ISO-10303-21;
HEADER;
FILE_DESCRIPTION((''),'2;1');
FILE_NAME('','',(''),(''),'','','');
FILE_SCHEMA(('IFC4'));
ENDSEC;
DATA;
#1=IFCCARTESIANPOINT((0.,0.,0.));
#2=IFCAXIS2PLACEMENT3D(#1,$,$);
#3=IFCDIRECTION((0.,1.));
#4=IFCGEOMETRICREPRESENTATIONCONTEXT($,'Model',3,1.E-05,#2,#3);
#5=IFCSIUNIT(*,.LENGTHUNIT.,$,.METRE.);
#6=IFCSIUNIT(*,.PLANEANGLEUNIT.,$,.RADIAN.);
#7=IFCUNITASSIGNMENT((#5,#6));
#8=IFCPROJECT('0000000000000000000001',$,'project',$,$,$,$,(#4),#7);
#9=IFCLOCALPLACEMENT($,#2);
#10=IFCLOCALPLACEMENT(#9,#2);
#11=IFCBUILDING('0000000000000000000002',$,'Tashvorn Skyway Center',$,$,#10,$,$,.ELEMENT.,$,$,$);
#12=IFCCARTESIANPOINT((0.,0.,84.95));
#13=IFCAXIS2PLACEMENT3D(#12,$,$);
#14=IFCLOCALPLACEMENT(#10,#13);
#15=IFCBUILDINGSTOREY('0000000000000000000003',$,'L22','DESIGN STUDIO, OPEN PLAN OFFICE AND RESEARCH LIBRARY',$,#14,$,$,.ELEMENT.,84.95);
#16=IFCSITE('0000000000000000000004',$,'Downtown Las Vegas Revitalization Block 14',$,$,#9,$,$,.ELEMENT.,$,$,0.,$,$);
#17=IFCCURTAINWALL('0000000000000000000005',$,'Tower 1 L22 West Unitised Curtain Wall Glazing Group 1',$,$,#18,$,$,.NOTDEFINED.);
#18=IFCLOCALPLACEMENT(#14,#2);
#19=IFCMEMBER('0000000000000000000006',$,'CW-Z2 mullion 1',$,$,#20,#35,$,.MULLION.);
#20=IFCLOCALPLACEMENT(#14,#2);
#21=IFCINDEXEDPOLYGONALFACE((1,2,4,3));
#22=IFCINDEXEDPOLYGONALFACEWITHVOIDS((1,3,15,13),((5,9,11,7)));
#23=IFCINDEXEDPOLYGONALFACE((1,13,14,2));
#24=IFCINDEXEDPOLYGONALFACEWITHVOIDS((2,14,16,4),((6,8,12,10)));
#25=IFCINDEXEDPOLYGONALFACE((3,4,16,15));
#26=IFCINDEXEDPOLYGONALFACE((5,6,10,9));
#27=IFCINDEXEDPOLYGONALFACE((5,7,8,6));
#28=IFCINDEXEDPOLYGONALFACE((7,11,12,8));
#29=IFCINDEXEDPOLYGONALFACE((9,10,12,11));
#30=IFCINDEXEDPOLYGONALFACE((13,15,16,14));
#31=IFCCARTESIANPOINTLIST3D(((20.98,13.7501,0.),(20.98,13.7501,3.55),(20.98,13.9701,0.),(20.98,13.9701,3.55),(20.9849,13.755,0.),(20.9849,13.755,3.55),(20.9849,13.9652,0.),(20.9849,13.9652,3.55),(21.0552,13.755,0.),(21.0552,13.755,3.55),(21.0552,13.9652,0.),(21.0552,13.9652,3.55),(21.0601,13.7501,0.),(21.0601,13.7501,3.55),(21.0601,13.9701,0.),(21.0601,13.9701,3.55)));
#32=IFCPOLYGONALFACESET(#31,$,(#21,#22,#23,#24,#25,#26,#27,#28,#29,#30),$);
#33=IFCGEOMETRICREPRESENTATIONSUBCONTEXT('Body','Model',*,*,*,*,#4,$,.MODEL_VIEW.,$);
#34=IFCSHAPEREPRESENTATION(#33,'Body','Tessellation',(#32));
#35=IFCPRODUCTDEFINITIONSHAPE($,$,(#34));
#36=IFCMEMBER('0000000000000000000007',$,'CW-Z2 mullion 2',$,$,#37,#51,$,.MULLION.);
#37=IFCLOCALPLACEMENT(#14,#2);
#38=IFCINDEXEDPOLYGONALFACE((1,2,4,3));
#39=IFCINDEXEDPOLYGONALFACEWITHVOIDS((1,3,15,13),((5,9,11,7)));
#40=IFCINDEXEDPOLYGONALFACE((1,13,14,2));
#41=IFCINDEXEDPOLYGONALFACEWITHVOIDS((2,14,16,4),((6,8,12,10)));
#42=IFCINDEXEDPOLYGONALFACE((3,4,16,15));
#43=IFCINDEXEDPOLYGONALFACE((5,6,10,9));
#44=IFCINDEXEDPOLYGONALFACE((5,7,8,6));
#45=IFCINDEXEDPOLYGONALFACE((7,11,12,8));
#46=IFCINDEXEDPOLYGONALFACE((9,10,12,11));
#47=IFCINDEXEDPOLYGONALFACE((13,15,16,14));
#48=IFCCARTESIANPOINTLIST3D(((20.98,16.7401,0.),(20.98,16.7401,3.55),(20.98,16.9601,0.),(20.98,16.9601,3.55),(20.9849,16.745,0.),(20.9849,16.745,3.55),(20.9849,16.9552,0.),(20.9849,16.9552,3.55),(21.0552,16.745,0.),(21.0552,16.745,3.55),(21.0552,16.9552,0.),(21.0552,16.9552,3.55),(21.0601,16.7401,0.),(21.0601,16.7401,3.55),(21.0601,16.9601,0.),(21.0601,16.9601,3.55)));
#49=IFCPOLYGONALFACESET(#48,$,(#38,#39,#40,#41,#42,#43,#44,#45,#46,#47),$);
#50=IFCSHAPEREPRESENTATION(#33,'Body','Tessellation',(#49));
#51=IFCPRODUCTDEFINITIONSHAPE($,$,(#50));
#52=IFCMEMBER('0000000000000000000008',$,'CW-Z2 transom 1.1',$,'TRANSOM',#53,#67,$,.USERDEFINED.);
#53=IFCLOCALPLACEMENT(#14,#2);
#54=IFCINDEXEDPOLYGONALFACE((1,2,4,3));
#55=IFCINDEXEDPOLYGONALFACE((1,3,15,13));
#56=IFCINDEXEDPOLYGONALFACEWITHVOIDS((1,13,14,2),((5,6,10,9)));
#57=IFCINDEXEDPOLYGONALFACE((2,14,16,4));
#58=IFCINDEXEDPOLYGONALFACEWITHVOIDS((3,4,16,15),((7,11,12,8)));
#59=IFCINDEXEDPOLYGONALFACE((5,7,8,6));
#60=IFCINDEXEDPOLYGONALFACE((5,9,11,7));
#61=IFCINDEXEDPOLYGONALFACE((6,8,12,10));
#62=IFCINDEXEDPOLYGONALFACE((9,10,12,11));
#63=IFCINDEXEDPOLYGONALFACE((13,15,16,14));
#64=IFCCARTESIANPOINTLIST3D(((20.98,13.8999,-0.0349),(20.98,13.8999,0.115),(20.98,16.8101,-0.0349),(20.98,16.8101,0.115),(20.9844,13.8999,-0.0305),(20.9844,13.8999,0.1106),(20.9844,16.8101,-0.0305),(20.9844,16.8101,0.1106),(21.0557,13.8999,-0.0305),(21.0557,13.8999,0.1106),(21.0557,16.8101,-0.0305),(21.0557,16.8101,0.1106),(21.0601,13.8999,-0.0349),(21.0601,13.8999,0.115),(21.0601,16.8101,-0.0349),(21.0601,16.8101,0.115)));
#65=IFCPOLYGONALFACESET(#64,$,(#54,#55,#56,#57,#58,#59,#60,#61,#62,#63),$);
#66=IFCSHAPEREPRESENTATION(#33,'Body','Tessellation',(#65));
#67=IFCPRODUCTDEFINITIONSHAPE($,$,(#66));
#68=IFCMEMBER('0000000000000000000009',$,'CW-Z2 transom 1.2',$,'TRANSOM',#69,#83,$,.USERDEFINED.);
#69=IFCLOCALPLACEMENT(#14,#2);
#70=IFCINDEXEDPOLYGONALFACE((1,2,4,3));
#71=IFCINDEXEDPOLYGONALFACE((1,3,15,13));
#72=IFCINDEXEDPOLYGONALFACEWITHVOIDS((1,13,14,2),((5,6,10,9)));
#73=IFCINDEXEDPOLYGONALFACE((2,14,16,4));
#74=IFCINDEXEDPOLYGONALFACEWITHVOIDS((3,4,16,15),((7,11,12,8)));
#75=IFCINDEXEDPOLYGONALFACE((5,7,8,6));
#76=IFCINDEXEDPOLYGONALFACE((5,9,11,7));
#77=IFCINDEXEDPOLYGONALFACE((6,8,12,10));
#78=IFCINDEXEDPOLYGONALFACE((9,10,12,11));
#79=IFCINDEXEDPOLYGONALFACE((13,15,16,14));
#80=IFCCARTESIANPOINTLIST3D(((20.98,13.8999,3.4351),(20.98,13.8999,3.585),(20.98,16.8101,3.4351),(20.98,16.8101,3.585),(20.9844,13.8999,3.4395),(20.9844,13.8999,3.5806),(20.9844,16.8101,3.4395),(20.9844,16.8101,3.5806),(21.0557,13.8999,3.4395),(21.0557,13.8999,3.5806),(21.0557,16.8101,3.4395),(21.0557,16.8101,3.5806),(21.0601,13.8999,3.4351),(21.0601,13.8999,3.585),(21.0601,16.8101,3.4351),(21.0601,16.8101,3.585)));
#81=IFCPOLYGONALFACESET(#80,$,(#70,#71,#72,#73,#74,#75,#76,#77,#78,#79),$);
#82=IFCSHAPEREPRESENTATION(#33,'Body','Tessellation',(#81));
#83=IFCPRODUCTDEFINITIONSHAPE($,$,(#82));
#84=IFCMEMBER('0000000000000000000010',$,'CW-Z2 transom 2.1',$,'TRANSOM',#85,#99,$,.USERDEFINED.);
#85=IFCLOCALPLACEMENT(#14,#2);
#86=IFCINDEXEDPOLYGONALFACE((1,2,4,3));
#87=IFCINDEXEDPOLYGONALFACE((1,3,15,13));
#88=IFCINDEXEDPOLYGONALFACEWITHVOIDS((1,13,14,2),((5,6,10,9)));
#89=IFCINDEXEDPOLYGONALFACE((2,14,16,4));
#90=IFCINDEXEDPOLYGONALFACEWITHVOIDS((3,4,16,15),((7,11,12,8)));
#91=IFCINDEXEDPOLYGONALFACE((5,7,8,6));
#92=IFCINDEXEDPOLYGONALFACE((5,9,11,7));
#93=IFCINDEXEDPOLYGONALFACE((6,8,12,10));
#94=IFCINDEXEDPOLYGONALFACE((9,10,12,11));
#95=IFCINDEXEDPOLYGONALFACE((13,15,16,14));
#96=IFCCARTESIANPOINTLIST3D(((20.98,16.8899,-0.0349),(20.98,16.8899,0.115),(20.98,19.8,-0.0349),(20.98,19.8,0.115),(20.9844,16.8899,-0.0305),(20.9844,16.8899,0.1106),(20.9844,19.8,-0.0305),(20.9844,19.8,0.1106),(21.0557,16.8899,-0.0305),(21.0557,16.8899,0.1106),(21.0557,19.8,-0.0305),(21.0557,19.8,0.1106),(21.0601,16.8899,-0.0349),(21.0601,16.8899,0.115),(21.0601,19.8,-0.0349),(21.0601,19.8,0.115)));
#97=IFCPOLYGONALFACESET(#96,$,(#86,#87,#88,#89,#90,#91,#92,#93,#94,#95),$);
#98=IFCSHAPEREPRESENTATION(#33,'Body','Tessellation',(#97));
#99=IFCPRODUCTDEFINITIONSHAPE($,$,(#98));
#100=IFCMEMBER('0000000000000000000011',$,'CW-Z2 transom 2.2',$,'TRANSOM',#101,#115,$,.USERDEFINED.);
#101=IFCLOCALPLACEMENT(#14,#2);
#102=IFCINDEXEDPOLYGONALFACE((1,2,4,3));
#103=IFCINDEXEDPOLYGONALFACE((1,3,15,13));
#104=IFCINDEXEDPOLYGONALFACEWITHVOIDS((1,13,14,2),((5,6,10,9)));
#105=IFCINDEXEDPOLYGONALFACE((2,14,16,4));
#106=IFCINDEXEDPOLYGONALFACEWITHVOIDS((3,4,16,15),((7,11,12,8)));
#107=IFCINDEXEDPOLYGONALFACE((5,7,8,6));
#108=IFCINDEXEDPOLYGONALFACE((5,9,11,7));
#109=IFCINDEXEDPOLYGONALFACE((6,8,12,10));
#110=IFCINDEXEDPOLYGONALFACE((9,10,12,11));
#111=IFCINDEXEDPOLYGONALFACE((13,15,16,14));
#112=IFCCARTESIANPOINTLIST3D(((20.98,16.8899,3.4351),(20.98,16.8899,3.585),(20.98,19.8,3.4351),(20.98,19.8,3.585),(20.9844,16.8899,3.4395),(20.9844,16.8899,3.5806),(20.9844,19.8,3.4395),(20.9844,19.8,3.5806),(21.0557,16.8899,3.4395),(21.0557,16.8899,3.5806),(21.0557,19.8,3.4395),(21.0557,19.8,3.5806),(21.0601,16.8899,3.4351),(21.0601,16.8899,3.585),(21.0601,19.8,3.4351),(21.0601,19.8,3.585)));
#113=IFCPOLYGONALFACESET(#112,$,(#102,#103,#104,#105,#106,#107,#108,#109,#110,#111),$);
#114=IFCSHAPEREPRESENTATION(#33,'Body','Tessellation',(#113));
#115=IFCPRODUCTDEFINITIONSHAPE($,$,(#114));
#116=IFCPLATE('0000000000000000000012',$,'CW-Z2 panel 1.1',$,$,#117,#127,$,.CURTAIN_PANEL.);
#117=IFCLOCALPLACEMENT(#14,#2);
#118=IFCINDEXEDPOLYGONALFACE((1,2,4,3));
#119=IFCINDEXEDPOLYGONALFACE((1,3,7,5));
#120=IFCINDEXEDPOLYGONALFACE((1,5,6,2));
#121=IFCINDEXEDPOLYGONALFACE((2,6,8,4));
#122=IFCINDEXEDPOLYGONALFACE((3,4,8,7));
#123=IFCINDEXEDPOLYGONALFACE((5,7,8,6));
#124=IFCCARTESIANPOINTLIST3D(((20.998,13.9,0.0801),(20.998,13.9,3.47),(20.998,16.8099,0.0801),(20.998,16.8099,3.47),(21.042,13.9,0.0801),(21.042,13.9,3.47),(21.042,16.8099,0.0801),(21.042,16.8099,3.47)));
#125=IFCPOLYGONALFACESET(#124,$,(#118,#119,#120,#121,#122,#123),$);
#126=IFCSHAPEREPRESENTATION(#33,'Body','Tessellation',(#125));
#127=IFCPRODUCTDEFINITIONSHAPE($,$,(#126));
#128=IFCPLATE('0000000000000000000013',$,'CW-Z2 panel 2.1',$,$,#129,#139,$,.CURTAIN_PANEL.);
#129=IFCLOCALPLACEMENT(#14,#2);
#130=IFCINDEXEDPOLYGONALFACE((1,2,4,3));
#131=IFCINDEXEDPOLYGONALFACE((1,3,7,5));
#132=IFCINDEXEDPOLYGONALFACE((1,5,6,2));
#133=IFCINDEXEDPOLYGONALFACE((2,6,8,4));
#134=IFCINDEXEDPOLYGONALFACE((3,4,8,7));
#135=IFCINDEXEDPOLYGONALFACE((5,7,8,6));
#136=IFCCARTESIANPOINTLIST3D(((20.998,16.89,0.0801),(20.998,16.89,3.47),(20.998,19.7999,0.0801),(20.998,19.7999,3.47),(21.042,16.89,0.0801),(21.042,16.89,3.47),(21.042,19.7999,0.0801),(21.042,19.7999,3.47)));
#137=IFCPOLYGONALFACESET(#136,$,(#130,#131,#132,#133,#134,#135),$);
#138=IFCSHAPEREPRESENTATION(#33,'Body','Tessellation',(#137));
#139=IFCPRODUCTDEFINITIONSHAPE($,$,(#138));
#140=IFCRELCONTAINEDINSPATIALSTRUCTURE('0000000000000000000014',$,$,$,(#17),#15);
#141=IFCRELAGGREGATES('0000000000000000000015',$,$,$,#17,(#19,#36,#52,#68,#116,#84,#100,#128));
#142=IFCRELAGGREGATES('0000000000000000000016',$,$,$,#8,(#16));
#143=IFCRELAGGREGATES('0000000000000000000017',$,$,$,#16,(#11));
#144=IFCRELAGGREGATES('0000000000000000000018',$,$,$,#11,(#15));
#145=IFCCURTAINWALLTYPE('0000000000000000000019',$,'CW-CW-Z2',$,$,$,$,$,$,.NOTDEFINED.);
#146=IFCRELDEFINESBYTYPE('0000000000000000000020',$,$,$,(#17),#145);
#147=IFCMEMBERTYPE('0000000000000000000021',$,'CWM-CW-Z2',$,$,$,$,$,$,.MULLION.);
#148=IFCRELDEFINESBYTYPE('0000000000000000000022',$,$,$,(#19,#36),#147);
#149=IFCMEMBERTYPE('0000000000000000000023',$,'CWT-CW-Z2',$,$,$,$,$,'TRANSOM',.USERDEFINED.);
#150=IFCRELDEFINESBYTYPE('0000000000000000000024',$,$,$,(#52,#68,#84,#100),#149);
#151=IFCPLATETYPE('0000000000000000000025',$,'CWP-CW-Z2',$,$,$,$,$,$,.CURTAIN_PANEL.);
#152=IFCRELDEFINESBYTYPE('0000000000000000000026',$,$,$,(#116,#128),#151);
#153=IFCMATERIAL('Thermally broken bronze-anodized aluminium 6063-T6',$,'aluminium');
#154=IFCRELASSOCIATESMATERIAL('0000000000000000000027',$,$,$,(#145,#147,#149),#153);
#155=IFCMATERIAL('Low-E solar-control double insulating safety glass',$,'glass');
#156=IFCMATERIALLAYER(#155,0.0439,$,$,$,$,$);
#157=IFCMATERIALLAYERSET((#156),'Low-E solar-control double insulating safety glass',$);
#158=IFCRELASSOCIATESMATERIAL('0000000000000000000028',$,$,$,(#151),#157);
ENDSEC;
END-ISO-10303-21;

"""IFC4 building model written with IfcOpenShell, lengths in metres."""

from ifc_helpers import new_model, si_unit, direction, frame, origin, origin_2d, place, context, subcontext, project, spatial, rectangle, hollow_rectangle, extrude, material, layer, layer_set, material_profile, profile_set, type_object, element, aggregate, save


model = new_model("IFC4")

# Units and contexts
model_context = context("Model", 3, precision=1e-05, world=origin(), true_north=direction((0.0, 1.0)))
body_context = subcontext(model_context, "Body", "Model", "MODEL_VIEW")
ifc_project = project(units=[si_unit("LENGTHUNIT", "METRE"), si_unit("PLANEANGLEUNIT", "RADIAN")], contexts=[model_context])

# Site, building, storey
site_placement = place(None, origin())
site = spatial("IfcSite", under=ifc_project, at=site_placement, Name="Downtown Las Vegas Revitalization Block 14", CompositionType="ELEMENT", RefElevation=0.0)
building_placement = place(site_placement, origin())
building = spatial("IfcBuilding", under=site, at=building_placement, Name="Tashvorn Skyway Center", CompositionType="ELEMENT")
storey_placement = place(building_placement, frame((0.0, 0.0, 84.95)))
storey = spatial("IfcBuildingStorey", under=building, at=storey_placement, Name="L22", Description="DESIGN STUDIO, OPEN PLAN OFFICE AND RESEARCH LIBRARY", CompositionType="ELEMENT", Elevation=84.95)

# Curtain wall, members, plates
ifc_material_1 = material(Name="Thermally broken bronze-anodized aluminium 6063-T6", Category="aluminium")
curtain_wall_type = type_object("IfcCurtainWallType", Name="CW-CW-Z2", PredefinedType="NOTDEFINED", material=ifc_material_1)
curtain_wall_placement = place(storey_placement, origin())
curtain_wall = element("IfcCurtainWall", 1, at=curtain_wall_placement, inside=storey, type_object=curtain_wall_type, Name="Tower 1 L22 West Unitised Curtain Wall Glazing Group 1", PredefinedType="NOTDEFINED")
ifc_material_profile_1 = material_profile(ifc_material_1, hollow_rectangle(XDim=0.0801, YDim=0.22, WallThickness=0.0049, at=origin_2d()), Name="ALU-MULL-80x220")
ifc_profile_set_1 = profile_set([ifc_material_profile_1], Name="Thermally broken bronze-anodized aluminium 6063-T6")
member_type_1 = type_object("IfcMemberType", Name="CWM-CW-Z2", PredefinedType="MULLION", material=ifc_profile_set_1)
member_1_placement = place(storey_placement, frame((21.02, 13.8601, 0.0), z_axis=(0.0, 0.0, 1.0), x_axis=(-1.0, 0.0, 0.0)))
member_1 = element("IfcMember", 2, at=member_1_placement, type_object=member_type_1, Name="CW-Z2 mullion 1", PredefinedType="MULLION", context=body_context, shape_type="SweptSolid", body=[
    extrude(hollow_rectangle(XDim=0.0801, YDim=0.22, WallThickness=0.0049, at=origin_2d()), origin(), (0.0, 0.0, 1.0), 3.55),
])
member_2_placement = place(storey_placement, frame((21.02, 16.8501, 0.0), z_axis=(0.0, 0.0, 1.0), x_axis=(-1.0, 0.0, 0.0)))
member_2 = element("IfcMember", 3, at=member_2_placement, type_object=member_type_1, Name="CW-Z2 mullion 2", PredefinedType="MULLION", context=body_context, shape_type="SweptSolid", body=[
    extrude(hollow_rectangle(XDim=0.0801, YDim=0.22, WallThickness=0.0049, at=origin_2d()), origin(), (0.0, 0.0, 1.0), 3.55),
])
ifc_material_profile_2 = material_profile(ifc_material_1, hollow_rectangle(XDim=0.0801, YDim=0.1499, WallThickness=0.0044, at=origin_2d()), Name="ALU-TRAN-80x150")
ifc_profile_set_2 = profile_set([ifc_material_profile_2], Name="Thermally broken bronze-anodized aluminium 6063-T6")
member_type_2 = type_object("IfcMemberType", Name="CWT-CW-Z2", ElementType="TRANSOM", PredefinedType="USERDEFINED", material=ifc_profile_set_2)
member_3_placement = place(storey_placement, frame((21.02, 13.8999, 0.04), z_axis=(0.0, 1.0, 0.0), x_axis=(-1.0, 0.0, 0.0)))
member_3 = element("IfcMember", 4, at=member_3_placement, type_object=member_type_2, Name="CW-Z2 transom 1.1", ObjectType="TRANSOM", PredefinedType="USERDEFINED", context=body_context, shape_type="SweptSolid", body=[
    extrude(hollow_rectangle(XDim=0.0801, YDim=0.1499, WallThickness=0.0044, at=origin_2d()), origin(), (0.0, 0.0, 1.0), 2.9102),
])
member_4_placement = place(storey_placement, frame((21.02, 13.8999, 3.51), z_axis=(0.0, 1.0, 0.0), x_axis=(-1.0, 0.0, 0.0)))
member_4 = element("IfcMember", 5, at=member_4_placement, type_object=member_type_2, Name="CW-Z2 transom 1.2", ObjectType="TRANSOM", PredefinedType="USERDEFINED", context=body_context, shape_type="SweptSolid", body=[
    extrude(hollow_rectangle(XDim=0.0801, YDim=0.1499, WallThickness=0.0044, at=origin_2d()), origin(), (0.0, 0.0, 1.0), 2.9102),
])
member_5_placement = place(storey_placement, frame((21.02, 16.8899, 0.04), z_axis=(0.0, 1.0, 0.0), x_axis=(-1.0, 0.0, 0.0)))
member_5 = element("IfcMember", 6, at=member_5_placement, type_object=member_type_2, Name="CW-Z2 transom 2.1", ObjectType="TRANSOM", PredefinedType="USERDEFINED", context=body_context, shape_type="SweptSolid", body=[
    extrude(hollow_rectangle(XDim=0.0801, YDim=0.1499, WallThickness=0.0044, at=origin_2d()), origin(), (0.0, 0.0, 1.0), 2.9102),
])
member_6_placement = place(storey_placement, frame((21.02, 16.8899, 3.51), z_axis=(0.0, 1.0, 0.0), x_axis=(-1.0, 0.0, 0.0)))
member_6 = element("IfcMember", 7, at=member_6_placement, type_object=member_type_2, Name="CW-Z2 transom 2.2", ObjectType="TRANSOM", PredefinedType="USERDEFINED", context=body_context, shape_type="SweptSolid", body=[
    extrude(hollow_rectangle(XDim=0.0801, YDim=0.1499, WallThickness=0.0044, at=origin_2d()), origin(), (0.0, 0.0, 1.0), 2.9102),
])
ifc_material_2 = material(Name="Low-E solar-control double insulating safety glass", Category="glass")
ifc_layer_1 = layer(ifc_material_2, 0.0439)
ifc_layer_set_1 = layer_set([ifc_layer_1], Name="Low-E solar-control double insulating safety glass")
plate_type = type_object("IfcPlateType", Name="CWP-CW-Z2", PredefinedType="CURTAIN_PANEL", material=ifc_layer_set_1)
plate_1_placement = place(storey_placement, frame((21.02, 15.355, 0.0801), z_axis=(0.0, 0.0, 1.0), x_axis=(0.0, 1.0, 0.0)))
plate_1 = element("IfcPlate", 8, at=plate_1_placement, type_object=plate_type, Name="CW-Z2 panel 1.1", PredefinedType="CURTAIN_PANEL", context=body_context, shape_type="SweptSolid", body=[
    extrude(rectangle(XDim=2.9099, YDim=0.0439, at=origin_2d()), origin(), (0.0, 0.0, 1.0), 3.3899),
])
plate_2_placement = place(storey_placement, frame((21.02, 18.345, 0.0801), z_axis=(0.0, 0.0, 1.0), x_axis=(0.0, 1.0, 0.0)))
plate_2 = element("IfcPlate", 9, at=plate_2_placement, type_object=plate_type, Name="CW-Z2 panel 2.1", PredefinedType="CURTAIN_PANEL", context=body_context, shape_type="SweptSolid", body=[
    extrude(rectangle(XDim=2.9099, YDim=0.0439, at=origin_2d()), origin(), (0.0, 0.0, 1.0), 3.3899),
])
aggregate(curtain_wall, [member_1, member_2, member_3, member_4, plate_1, member_5, member_6, plate_2])

save(model, "model.ifc")
